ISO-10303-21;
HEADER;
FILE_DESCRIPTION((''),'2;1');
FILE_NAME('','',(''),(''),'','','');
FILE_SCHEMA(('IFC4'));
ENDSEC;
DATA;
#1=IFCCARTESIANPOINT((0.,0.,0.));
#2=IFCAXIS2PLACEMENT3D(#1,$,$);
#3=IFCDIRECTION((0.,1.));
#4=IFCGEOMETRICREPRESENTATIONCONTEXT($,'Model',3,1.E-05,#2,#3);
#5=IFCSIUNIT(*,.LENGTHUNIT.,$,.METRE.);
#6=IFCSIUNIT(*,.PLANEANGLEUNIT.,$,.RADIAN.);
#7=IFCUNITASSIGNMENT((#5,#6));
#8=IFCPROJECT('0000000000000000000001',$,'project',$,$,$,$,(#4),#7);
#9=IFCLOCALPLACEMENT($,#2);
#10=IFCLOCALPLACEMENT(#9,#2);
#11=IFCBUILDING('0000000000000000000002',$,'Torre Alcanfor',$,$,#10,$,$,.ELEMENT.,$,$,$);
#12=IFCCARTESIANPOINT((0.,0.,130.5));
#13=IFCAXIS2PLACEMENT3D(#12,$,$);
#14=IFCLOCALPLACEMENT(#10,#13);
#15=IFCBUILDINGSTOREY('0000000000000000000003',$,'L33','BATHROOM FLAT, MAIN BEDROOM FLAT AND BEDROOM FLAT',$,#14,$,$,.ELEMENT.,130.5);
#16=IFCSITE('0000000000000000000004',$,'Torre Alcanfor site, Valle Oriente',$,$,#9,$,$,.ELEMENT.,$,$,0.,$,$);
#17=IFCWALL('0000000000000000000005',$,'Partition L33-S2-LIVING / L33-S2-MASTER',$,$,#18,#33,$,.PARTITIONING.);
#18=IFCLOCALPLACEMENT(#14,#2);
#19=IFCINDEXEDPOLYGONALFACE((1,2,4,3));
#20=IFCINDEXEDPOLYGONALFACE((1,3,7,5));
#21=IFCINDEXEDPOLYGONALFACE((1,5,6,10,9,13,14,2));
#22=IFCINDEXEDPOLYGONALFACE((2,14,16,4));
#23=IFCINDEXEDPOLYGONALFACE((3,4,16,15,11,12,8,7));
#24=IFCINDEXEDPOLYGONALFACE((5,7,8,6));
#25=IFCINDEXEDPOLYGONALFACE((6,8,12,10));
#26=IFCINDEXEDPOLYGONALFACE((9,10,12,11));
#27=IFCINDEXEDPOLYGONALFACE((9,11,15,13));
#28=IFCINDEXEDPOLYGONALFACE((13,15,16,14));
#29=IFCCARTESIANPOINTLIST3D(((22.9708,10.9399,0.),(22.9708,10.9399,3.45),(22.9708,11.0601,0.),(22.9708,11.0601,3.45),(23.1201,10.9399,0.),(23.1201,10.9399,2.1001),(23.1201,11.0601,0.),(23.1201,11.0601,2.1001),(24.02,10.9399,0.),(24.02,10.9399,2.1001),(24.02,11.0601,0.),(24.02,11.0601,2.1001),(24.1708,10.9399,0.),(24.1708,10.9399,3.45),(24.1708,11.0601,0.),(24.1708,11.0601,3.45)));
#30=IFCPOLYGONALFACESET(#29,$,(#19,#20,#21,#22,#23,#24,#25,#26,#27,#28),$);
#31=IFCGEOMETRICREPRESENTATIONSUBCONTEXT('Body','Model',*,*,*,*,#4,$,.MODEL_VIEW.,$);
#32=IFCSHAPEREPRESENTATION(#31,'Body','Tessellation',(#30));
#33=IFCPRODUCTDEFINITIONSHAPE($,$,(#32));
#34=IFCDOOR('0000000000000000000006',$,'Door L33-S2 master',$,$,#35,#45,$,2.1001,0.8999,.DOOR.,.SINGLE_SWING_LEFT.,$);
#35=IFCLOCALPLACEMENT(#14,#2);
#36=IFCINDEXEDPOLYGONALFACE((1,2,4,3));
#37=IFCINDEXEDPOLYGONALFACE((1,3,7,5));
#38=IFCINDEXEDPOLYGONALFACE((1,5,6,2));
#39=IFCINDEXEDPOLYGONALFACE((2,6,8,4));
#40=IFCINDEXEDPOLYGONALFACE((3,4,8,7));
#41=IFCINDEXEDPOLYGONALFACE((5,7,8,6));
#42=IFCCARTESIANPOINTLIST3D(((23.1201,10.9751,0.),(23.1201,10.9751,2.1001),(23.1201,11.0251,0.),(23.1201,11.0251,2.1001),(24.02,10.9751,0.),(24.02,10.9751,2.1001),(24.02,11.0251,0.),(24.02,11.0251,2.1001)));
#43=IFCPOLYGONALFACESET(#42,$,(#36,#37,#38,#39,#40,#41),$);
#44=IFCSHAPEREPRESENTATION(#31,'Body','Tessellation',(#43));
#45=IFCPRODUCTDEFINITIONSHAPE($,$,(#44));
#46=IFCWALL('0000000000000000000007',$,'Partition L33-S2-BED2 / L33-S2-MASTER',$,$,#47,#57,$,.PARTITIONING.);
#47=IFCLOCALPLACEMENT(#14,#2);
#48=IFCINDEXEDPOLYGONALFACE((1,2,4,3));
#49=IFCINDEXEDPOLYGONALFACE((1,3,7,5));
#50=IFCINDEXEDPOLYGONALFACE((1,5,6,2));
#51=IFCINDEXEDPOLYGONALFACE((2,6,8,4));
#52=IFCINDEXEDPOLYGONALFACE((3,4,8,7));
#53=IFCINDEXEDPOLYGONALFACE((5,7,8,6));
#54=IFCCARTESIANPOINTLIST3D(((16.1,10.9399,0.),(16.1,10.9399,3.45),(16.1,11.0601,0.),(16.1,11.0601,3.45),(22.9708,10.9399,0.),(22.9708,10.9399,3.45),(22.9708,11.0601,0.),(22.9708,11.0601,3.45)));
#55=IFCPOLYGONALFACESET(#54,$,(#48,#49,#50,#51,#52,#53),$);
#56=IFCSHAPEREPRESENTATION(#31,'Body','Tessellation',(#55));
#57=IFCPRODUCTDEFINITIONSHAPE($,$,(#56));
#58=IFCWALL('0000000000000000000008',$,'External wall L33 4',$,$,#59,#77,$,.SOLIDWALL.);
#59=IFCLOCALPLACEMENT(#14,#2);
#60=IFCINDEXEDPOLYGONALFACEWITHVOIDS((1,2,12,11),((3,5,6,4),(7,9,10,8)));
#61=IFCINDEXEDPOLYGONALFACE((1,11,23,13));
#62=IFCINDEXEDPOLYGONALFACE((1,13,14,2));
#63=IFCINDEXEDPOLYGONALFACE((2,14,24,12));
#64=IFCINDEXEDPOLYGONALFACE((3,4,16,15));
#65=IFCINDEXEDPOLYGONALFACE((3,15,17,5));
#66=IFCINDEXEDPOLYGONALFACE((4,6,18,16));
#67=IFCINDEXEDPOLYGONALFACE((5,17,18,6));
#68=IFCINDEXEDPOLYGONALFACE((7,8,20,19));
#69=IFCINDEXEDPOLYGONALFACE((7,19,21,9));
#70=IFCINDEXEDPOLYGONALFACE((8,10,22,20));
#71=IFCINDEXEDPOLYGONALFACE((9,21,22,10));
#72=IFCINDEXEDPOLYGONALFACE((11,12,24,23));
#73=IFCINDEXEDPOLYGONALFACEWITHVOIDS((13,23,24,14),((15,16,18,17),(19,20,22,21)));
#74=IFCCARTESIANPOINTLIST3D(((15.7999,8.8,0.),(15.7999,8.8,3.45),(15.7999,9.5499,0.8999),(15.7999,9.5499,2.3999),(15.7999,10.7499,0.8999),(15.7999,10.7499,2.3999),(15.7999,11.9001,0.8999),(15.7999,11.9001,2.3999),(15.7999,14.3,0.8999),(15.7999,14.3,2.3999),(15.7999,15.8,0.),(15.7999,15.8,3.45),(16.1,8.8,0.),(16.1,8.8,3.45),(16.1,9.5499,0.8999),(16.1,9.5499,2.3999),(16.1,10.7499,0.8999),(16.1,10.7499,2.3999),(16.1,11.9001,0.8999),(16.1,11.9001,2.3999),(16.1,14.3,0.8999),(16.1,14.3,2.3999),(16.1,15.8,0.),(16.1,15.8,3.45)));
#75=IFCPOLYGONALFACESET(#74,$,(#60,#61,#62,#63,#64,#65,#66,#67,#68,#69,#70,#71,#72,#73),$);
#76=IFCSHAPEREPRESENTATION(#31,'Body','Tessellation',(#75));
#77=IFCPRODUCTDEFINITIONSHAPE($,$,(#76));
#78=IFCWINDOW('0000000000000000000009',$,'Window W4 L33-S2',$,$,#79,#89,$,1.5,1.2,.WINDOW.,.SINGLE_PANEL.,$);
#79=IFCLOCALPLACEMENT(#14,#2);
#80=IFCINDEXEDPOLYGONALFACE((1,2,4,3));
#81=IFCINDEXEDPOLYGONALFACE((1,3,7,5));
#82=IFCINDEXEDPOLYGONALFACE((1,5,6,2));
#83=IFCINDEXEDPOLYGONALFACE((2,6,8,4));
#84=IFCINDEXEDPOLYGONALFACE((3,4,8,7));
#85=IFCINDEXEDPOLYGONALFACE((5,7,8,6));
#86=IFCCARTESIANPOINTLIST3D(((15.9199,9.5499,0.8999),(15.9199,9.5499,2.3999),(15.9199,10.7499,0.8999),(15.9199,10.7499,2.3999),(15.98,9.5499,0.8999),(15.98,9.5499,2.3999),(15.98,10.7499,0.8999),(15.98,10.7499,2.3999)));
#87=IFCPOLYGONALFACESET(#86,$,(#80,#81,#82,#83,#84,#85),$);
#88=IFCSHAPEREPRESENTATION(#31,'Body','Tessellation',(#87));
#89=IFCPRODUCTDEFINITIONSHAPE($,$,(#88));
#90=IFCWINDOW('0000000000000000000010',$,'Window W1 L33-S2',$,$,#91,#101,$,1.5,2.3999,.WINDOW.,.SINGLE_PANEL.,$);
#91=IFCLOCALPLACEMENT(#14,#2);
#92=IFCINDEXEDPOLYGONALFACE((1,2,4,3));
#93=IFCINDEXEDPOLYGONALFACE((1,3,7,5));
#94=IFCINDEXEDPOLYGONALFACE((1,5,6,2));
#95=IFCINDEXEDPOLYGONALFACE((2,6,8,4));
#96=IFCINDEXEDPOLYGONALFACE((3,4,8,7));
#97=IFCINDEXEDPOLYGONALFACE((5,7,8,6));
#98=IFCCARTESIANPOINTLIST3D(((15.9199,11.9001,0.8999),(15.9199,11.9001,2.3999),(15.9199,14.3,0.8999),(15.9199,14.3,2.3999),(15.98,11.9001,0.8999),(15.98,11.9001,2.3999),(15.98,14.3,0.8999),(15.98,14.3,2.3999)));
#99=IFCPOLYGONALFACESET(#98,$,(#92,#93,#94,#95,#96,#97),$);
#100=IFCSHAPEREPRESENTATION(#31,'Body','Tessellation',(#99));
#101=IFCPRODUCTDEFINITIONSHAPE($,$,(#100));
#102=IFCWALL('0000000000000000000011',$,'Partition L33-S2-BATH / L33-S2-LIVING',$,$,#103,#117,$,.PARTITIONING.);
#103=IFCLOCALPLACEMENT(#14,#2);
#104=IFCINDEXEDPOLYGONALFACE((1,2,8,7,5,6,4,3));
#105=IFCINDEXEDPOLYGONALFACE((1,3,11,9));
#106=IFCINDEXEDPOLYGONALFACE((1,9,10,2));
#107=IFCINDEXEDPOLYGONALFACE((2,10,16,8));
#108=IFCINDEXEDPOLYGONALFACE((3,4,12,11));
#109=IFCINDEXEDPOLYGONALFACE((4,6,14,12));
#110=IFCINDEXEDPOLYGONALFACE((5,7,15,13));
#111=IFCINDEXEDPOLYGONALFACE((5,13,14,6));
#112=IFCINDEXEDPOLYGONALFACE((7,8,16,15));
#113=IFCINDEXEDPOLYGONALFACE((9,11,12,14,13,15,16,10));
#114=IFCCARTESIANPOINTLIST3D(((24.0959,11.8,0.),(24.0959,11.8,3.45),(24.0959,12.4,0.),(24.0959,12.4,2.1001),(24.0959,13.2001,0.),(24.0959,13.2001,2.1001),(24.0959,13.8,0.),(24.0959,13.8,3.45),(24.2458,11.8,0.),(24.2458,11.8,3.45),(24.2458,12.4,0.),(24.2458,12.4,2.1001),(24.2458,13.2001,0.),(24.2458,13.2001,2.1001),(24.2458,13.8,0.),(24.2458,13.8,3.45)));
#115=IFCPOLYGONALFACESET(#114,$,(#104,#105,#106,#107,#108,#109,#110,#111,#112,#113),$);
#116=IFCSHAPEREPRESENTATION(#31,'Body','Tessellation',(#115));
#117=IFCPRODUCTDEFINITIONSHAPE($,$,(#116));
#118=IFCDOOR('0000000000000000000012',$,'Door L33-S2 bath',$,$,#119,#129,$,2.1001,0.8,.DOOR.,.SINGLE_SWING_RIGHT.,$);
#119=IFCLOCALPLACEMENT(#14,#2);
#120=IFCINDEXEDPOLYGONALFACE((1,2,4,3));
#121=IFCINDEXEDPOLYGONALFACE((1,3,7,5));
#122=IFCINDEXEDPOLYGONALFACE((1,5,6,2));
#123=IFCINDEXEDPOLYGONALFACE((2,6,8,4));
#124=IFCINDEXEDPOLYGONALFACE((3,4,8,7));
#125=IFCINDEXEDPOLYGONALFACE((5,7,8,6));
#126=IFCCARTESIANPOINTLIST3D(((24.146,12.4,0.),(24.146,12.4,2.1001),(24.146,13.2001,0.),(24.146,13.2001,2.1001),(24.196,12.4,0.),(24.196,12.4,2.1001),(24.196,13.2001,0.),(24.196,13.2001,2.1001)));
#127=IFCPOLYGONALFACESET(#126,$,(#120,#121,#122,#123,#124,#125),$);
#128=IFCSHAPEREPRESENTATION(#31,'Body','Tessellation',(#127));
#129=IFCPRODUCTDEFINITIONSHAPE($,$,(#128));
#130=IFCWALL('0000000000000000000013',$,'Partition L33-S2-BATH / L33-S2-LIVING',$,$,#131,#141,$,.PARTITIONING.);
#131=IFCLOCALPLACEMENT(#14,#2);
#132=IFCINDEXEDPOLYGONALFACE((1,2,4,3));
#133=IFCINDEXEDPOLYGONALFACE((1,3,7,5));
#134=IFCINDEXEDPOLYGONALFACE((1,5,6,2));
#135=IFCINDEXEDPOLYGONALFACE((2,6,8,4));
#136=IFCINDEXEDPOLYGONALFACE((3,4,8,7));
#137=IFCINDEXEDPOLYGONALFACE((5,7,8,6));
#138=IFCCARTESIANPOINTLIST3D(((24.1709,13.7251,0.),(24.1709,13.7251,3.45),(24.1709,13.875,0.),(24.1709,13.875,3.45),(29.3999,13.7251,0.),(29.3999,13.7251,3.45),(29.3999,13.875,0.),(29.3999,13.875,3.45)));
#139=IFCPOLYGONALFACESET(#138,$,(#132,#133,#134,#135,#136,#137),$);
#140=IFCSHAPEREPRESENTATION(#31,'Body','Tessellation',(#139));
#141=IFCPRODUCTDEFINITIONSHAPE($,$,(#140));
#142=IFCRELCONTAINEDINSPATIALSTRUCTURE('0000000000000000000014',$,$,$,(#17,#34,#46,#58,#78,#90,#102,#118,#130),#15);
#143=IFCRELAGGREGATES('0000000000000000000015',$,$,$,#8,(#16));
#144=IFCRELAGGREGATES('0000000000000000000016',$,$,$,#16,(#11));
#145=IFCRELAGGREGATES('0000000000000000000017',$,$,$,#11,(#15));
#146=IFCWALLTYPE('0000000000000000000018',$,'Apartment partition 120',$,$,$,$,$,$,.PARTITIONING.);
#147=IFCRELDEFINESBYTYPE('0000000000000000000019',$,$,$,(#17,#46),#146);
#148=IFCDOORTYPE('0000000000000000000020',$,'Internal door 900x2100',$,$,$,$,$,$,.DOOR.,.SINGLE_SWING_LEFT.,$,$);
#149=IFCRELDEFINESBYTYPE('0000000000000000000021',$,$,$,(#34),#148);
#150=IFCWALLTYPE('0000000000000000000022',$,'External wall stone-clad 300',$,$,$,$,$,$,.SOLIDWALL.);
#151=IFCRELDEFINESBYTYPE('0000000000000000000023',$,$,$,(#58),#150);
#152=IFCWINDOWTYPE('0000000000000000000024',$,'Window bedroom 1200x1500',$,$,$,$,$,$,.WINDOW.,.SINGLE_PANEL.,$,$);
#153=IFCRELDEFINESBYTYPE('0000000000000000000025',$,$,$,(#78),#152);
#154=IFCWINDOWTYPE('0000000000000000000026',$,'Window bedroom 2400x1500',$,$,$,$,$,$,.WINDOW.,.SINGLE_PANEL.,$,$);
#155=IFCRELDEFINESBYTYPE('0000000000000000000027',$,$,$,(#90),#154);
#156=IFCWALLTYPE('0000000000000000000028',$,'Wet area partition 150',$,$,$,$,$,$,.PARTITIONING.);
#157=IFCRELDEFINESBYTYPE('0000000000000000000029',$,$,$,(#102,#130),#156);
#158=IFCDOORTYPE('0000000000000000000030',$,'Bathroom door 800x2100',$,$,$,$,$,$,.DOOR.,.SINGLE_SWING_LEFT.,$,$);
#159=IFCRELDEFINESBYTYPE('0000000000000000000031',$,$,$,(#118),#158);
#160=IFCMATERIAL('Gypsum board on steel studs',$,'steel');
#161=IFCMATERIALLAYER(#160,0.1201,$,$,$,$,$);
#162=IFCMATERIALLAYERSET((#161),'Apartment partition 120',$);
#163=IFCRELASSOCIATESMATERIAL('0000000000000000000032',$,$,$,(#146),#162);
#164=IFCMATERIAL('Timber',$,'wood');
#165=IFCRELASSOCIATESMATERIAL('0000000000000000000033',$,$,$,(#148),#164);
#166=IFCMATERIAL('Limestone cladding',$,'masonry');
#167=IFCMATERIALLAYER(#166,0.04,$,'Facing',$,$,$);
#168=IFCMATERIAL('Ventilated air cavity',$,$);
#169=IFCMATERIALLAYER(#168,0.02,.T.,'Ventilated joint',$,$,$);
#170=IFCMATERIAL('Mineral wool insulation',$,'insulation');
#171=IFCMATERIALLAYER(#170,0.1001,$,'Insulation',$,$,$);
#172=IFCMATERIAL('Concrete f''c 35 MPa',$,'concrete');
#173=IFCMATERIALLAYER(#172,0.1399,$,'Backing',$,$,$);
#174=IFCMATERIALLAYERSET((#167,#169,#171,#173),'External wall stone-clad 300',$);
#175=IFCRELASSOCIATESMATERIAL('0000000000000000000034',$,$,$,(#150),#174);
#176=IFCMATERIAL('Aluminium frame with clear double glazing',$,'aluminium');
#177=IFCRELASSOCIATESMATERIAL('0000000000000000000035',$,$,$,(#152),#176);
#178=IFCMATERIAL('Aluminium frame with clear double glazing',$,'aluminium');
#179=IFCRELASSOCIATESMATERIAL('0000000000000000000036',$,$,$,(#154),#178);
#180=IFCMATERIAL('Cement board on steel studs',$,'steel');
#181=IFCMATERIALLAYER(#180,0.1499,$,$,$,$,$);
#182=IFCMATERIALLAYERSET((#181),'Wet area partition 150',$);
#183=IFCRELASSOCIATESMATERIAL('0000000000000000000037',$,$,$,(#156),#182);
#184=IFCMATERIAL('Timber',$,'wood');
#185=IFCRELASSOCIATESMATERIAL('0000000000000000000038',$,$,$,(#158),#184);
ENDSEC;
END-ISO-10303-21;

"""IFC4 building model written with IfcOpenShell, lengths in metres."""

from ifc_helpers import new_model, si_unit, direction, frame, frame_2d, origin, place, context, subcontext, project, spatial, rectangle, extrude, material, layer, layer_set, type_object, element, fill, save


model = new_model("IFC4")

# Units and contexts
model_context = context("Model", 3, precision=1e-05, world=origin(), true_north=direction((0.0, 1.0)))
body_context = subcontext(model_context, "Body", "Model", "MODEL_VIEW")
ifc_project = project(units=[si_unit("LENGTHUNIT", "METRE"), si_unit("PLANEANGLEUNIT", "RADIAN")], contexts=[model_context])

# Site, building, storey
site_placement = place(None, origin())
site = spatial("IfcSite", under=ifc_project, at=site_placement, Name="Torre Alcanfor site, Valle Oriente", CompositionType="ELEMENT", RefElevation=0.0)
building_placement = place(site_placement, origin())
building = spatial("IfcBuilding", under=site, at=building_placement, Name="Torre Alcanfor", CompositionType="ELEMENT")
storey_placement = place(building_placement, frame((0.0, 0.0, 130.5)))
storey = spatial("IfcBuildingStorey", under=building, at=storey_placement, Name="L33", Description="BATHROOM FLAT, MAIN BEDROOM FLAT AND BEDROOM FLAT", CompositionType="ELEMENT", Elevation=130.5)

# Shared definitions
ifc_material_1 = material(Name="Gypsum board on steel studs", Category="steel")
ifc_layer_1 = layer(ifc_material_1, 0.1201)
ifc_layer_set_1 = layer_set([ifc_layer_1], Name="Apartment partition 120")
wall_type_1 = type_object("IfcWallType", Name="Apartment partition 120", PredefinedType="PARTITIONING", material=ifc_layer_set_1)
ifc_material_2 = material(Name="Timber", Category="wood")
door_type_1 = type_object("IfcDoorType", Name="Internal door 900x2100", OperationType="SINGLE_SWING_LEFT", PredefinedType="DOOR", material=ifc_material_2)

# Wall, opening, door
wall_1_placement = place(storey_placement, frame((24.1709, 11.0, 0.0), z_axis=(0.0, 0.0, 1.0), x_axis=(-1.0, 0.0, 0.0)))
wall_1 = element("IfcWall", 1, at=wall_1_placement, inside=storey, type_object=wall_type_1, Name="Partition L33-S2-LIVING / L33-S2-MASTER", PredefinedType="PARTITIONING", context=body_context, shape_type="SweptSolid", body=[
    extrude(rectangle(XDim=1.2, YDim=0.1201, at=frame_2d((0.6001, 0.0))), origin(), (0.0, 0.0, 1.0), 3.45),
])
opening_1_placement = place(wall_1_placement, frame((0.1509, 0.0, 0.0)))
opening_1 = element("IfcOpeningElement", 2, at=opening_1_placement, cuts=wall_1, PredefinedType="OPENING", context=body_context, shape_type="SweptSolid", body=[
    extrude(rectangle(XDim=0.8999, YDim=2.1001, at=frame_2d((0.45, 1.05))), frame((0.0, 0.0701, 0.0), z_axis=(0.0, -1.0, 0.0), x_axis=(1.0, 0.0, 0.0)), (0.0, 0.0, 1.0), 0.1401),
])
door_1_placement = place(opening_1_placement, origin())
door_1 = element("IfcDoor", 3, at=door_1_placement, inside=storey, type_object=door_type_1, Name="Door L33-S2 master", OperationType="SINGLE_SWING_LEFT", OverallHeight=2.1001, OverallWidth=0.8999, PredefinedType="DOOR", context=body_context, shape_type="SweptSolid", body=[
    extrude(rectangle(XDim=0.8999, YDim=2.1001, at=frame_2d((0.45, 1.05))), frame((0.0, 0.0249, 0.0), z_axis=(0.0, -1.0, 0.0), x_axis=(1.0, 0.0, 0.0)), (0.0, 0.0, 1.0), 0.05),
])
fill(opening_1, door_1)

# Wall
wall_2_placement = place(storey_placement, frame((22.9709, 11.0, 0.0), z_axis=(0.0, 0.0, 1.0), x_axis=(-1.0, 0.0, 0.0)))
element("IfcWall", 4, at=wall_2_placement, inside=storey, type_object=wall_type_1, Name="Partition L33-S2-BED2 / L33-S2-MASTER", PredefinedType="PARTITIONING", context=body_context, shape_type="SweptSolid", body=[
    extrude(rectangle(XDim=6.8708, YDim=0.1201, at=frame_2d((3.4355, 0.0))), origin(), (0.0, 0.0, 1.0), 3.45),
])

# Wall, openings, windows
ifc_material_3 = material(Name="Limestone cladding", Category="masonry")
ifc_layer_2 = layer(ifc_material_3, 0.04, Name="Facing")
ifc_material_4 = material(Name="Ventilated air cavity")
ifc_layer_3 = layer(ifc_material_4, 0.02, ventilated=True, Name="Ventilated joint")
ifc_material_5 = material(Name="Mineral wool insulation", Category="insulation")
ifc_layer_4 = layer(ifc_material_5, 0.1001, Name="Insulation")
ifc_material_6 = material(Name="Concrete f'c 35 MPa", Category="concrete")
ifc_layer_5 = layer(ifc_material_6, 0.1399, Name="Backing")
ifc_layer_set_2 = layer_set([ifc_layer_2, ifc_layer_3, ifc_layer_4, ifc_layer_5], Name="External wall stone-clad 300")
wall_type_2 = type_object("IfcWallType", Name="External wall stone-clad 300", PredefinedType="SOLIDWALL", material=ifc_layer_set_2)
wall_3_placement = place(storey_placement, frame((15.95, 15.8, 0.0), z_axis=(0.0, 0.0, 1.0), x_axis=(0.0, -1.0, 0.0)))
wall_3 = element("IfcWall", 5, at=wall_3_placement, inside=storey, type_object=wall_type_2, Name="External wall L33 4", PredefinedType="SOLIDWALL", context=body_context, shape_type="SweptSolid", body=[
    extrude(rectangle(XDim=7.0, YDim=0.3, at=frame_2d((3.5, 0.0))), origin(), (0.0, 0.0, 1.0), 3.45),
])
opening_2_placement = place(wall_3_placement, frame((1.5, 0.0, 0.8999)))
opening_2 = element("IfcOpeningElement", 6, at=opening_2_placement, cuts=wall_3, PredefinedType="OPENING", context=body_context, shape_type="SweptSolid", body=[
    extrude(rectangle(XDim=2.3999, YDim=1.5, at=frame_2d((1.2, 0.75))), frame((0.0, 0.1599, 0.0), z_axis=(0.0, -1.0, 0.0), x_axis=(1.0, 0.0, 0.0)), (0.0, 0.0, 1.0), 0.3201),
])
opening_3_placement = place(wall_3_placement, frame((5.05, 0.0, 0.8999)))
opening_3 = element("IfcOpeningElement", 7, at=opening_3_placement, cuts=wall_3, PredefinedType="OPENING", context=body_context, shape_type="SweptSolid", body=[
    extrude(rectangle(XDim=1.2, YDim=1.5, at=frame_2d((0.6001, 0.75))), frame((0.0, 0.1599, 0.0), z_axis=(0.0, -1.0, 0.0), x_axis=(1.0, 0.0, 0.0)), (0.0, 0.0, 1.0), 0.3201),
])
ifc_material_7 = material(Name="Aluminium frame with clear double glazing", Category="aluminium")
window_type_1 = type_object("IfcWindowType", Name="Window bedroom 1200x1500", PartitioningType="SINGLE_PANEL", PredefinedType="WINDOW", material=ifc_material_7)
window_1_placement = place(opening_3_placement, origin())
window_1 = element("IfcWindow", 8, at=window_1_placement, inside=storey, type_object=window_type_1, Name="Window W4 L33-S2", OverallHeight=1.5, OverallWidth=1.2, PartitioningType="SINGLE_PANEL", PredefinedType="WINDOW", context=body_context, shape_type="SweptSolid", body=[
    extrude(rectangle(XDim=1.2, YDim=1.5, at=frame_2d((0.6001, 0.75))), frame((0.0, 0.03, 0.0), z_axis=(0.0, -1.0, 0.0), x_axis=(1.0, 0.0, 0.0)), (0.0, 0.0, 1.0), 0.0601),
])
fill(opening_3, window_1)
ifc_material_8 = material(Name="Aluminium frame with clear double glazing", Category="aluminium")
window_type_2 = type_object("IfcWindowType", Name="Window bedroom 2400x1500", PartitioningType="SINGLE_PANEL", PredefinedType="WINDOW", material=ifc_material_8)
window_2_placement = place(opening_2_placement, origin())
window_2 = element("IfcWindow", 9, at=window_2_placement, inside=storey, type_object=window_type_2, Name="Window W1 L33-S2", OverallHeight=1.5, OverallWidth=2.3999, PartitioningType="SINGLE_PANEL", PredefinedType="WINDOW", context=body_context, shape_type="SweptSolid", body=[
    extrude(rectangle(XDim=2.3999, YDim=1.5, at=frame_2d((1.2, 0.75))), frame((0.0, 0.03, 0.0), z_axis=(0.0, -1.0, 0.0), x_axis=(1.0, 0.0, 0.0)), (0.0, 0.0, 1.0), 0.0601),
])
fill(opening_2, window_2)

# Wall, opening, door
ifc_material_9 = material(Name="Cement board on steel studs", Category="steel")
ifc_layer_6 = layer(ifc_material_9, 0.1499)
ifc_layer_set_3 = layer_set([ifc_layer_6], Name="Wet area partition 150")
wall_type_3 = type_object("IfcWallType", Name="Wet area partition 150", PredefinedType="PARTITIONING", material=ifc_layer_set_3)
wall_4_placement = place(storey_placement, frame((24.1709, 11.8, 0.0), z_axis=(0.0, 0.0, 1.0), x_axis=(0.0, 1.0, 0.0)))
wall_4 = element("IfcWall", 10, at=wall_4_placement, inside=storey, type_object=wall_type_3, Name="Partition L33-S2-BATH / L33-S2-LIVING", PredefinedType="PARTITIONING", context=body_context, shape_type="SweptSolid", body=[
    extrude(rectangle(XDim=2.0, YDim=0.1499, at=frame_2d((1.0, 0.0))), origin(), (0.0, 0.0, 1.0), 3.45),
])
opening_4_placement = place(wall_4_placement, frame((0.6001, 0.0, 0.0)))
opening_4 = element("IfcOpeningElement", 11, at=opening_4_placement, cuts=wall_4, PredefinedType="OPENING", context=body_context, shape_type="SweptSolid", body=[
    extrude(rectangle(XDim=0.8, YDim=2.1001, at=frame_2d((0.3999, 1.05))), frame((0.0, 0.085, 0.0), z_axis=(0.0, -1.0, 0.0), x_axis=(1.0, 0.0, 0.0)), (0.0, 0.0, 1.0), 0.1699),
])
ifc_material_10 = material(Name="Timber", Category="wood")
door_type_2 = type_object("IfcDoorType", Name="Bathroom door 800x2100", OperationType="SINGLE_SWING_LEFT", PredefinedType="DOOR", material=ifc_material_10)
door_2_placement = place(opening_4_placement, frame((0.8, 0.0, 0.0), z_axis=(0.0, 0.0, 1.0), x_axis=(-1.0, 0.0, 0.0)))
door_2 = element("IfcDoor", 12, at=door_2_placement, inside=storey, type_object=door_type_2, Name="Door L33-S2 bath", OperationType="SINGLE_SWING_RIGHT", OverallHeight=2.1001, OverallWidth=0.8, PredefinedType="DOOR", context=body_context, shape_type="SweptSolid", body=[
    extrude(rectangle(XDim=0.8, YDim=2.1001, at=frame_2d((0.4001, 1.05))), frame((0.0, 0.0251, 0.0), z_axis=(0.0, -1.0, 0.0), x_axis=(1.0, 0.0, 0.0)), (0.0, 0.0, 1.0), 0.05),
])
fill(opening_4, door_2)

# Wall
wall_5_placement = place(storey_placement, frame((24.1709, 13.8, 0.0), z_axis=(0.0, 0.0, 1.0), x_axis=(1.0, 0.0, 0.0)))
element("IfcWall", 13, at=wall_5_placement, inside=storey, type_object=wall_type_3, Name="Partition L33-S2-BATH / L33-S2-LIVING", PredefinedType="PARTITIONING", context=body_context, shape_type="SweptSolid", body=[
    extrude(rectangle(XDim=5.229, YDim=0.1499, at=frame_2d((2.6145, 0.0))), origin(), (0.0, 0.0, 1.0), 3.45),
])

save(model, "model.ifc")
